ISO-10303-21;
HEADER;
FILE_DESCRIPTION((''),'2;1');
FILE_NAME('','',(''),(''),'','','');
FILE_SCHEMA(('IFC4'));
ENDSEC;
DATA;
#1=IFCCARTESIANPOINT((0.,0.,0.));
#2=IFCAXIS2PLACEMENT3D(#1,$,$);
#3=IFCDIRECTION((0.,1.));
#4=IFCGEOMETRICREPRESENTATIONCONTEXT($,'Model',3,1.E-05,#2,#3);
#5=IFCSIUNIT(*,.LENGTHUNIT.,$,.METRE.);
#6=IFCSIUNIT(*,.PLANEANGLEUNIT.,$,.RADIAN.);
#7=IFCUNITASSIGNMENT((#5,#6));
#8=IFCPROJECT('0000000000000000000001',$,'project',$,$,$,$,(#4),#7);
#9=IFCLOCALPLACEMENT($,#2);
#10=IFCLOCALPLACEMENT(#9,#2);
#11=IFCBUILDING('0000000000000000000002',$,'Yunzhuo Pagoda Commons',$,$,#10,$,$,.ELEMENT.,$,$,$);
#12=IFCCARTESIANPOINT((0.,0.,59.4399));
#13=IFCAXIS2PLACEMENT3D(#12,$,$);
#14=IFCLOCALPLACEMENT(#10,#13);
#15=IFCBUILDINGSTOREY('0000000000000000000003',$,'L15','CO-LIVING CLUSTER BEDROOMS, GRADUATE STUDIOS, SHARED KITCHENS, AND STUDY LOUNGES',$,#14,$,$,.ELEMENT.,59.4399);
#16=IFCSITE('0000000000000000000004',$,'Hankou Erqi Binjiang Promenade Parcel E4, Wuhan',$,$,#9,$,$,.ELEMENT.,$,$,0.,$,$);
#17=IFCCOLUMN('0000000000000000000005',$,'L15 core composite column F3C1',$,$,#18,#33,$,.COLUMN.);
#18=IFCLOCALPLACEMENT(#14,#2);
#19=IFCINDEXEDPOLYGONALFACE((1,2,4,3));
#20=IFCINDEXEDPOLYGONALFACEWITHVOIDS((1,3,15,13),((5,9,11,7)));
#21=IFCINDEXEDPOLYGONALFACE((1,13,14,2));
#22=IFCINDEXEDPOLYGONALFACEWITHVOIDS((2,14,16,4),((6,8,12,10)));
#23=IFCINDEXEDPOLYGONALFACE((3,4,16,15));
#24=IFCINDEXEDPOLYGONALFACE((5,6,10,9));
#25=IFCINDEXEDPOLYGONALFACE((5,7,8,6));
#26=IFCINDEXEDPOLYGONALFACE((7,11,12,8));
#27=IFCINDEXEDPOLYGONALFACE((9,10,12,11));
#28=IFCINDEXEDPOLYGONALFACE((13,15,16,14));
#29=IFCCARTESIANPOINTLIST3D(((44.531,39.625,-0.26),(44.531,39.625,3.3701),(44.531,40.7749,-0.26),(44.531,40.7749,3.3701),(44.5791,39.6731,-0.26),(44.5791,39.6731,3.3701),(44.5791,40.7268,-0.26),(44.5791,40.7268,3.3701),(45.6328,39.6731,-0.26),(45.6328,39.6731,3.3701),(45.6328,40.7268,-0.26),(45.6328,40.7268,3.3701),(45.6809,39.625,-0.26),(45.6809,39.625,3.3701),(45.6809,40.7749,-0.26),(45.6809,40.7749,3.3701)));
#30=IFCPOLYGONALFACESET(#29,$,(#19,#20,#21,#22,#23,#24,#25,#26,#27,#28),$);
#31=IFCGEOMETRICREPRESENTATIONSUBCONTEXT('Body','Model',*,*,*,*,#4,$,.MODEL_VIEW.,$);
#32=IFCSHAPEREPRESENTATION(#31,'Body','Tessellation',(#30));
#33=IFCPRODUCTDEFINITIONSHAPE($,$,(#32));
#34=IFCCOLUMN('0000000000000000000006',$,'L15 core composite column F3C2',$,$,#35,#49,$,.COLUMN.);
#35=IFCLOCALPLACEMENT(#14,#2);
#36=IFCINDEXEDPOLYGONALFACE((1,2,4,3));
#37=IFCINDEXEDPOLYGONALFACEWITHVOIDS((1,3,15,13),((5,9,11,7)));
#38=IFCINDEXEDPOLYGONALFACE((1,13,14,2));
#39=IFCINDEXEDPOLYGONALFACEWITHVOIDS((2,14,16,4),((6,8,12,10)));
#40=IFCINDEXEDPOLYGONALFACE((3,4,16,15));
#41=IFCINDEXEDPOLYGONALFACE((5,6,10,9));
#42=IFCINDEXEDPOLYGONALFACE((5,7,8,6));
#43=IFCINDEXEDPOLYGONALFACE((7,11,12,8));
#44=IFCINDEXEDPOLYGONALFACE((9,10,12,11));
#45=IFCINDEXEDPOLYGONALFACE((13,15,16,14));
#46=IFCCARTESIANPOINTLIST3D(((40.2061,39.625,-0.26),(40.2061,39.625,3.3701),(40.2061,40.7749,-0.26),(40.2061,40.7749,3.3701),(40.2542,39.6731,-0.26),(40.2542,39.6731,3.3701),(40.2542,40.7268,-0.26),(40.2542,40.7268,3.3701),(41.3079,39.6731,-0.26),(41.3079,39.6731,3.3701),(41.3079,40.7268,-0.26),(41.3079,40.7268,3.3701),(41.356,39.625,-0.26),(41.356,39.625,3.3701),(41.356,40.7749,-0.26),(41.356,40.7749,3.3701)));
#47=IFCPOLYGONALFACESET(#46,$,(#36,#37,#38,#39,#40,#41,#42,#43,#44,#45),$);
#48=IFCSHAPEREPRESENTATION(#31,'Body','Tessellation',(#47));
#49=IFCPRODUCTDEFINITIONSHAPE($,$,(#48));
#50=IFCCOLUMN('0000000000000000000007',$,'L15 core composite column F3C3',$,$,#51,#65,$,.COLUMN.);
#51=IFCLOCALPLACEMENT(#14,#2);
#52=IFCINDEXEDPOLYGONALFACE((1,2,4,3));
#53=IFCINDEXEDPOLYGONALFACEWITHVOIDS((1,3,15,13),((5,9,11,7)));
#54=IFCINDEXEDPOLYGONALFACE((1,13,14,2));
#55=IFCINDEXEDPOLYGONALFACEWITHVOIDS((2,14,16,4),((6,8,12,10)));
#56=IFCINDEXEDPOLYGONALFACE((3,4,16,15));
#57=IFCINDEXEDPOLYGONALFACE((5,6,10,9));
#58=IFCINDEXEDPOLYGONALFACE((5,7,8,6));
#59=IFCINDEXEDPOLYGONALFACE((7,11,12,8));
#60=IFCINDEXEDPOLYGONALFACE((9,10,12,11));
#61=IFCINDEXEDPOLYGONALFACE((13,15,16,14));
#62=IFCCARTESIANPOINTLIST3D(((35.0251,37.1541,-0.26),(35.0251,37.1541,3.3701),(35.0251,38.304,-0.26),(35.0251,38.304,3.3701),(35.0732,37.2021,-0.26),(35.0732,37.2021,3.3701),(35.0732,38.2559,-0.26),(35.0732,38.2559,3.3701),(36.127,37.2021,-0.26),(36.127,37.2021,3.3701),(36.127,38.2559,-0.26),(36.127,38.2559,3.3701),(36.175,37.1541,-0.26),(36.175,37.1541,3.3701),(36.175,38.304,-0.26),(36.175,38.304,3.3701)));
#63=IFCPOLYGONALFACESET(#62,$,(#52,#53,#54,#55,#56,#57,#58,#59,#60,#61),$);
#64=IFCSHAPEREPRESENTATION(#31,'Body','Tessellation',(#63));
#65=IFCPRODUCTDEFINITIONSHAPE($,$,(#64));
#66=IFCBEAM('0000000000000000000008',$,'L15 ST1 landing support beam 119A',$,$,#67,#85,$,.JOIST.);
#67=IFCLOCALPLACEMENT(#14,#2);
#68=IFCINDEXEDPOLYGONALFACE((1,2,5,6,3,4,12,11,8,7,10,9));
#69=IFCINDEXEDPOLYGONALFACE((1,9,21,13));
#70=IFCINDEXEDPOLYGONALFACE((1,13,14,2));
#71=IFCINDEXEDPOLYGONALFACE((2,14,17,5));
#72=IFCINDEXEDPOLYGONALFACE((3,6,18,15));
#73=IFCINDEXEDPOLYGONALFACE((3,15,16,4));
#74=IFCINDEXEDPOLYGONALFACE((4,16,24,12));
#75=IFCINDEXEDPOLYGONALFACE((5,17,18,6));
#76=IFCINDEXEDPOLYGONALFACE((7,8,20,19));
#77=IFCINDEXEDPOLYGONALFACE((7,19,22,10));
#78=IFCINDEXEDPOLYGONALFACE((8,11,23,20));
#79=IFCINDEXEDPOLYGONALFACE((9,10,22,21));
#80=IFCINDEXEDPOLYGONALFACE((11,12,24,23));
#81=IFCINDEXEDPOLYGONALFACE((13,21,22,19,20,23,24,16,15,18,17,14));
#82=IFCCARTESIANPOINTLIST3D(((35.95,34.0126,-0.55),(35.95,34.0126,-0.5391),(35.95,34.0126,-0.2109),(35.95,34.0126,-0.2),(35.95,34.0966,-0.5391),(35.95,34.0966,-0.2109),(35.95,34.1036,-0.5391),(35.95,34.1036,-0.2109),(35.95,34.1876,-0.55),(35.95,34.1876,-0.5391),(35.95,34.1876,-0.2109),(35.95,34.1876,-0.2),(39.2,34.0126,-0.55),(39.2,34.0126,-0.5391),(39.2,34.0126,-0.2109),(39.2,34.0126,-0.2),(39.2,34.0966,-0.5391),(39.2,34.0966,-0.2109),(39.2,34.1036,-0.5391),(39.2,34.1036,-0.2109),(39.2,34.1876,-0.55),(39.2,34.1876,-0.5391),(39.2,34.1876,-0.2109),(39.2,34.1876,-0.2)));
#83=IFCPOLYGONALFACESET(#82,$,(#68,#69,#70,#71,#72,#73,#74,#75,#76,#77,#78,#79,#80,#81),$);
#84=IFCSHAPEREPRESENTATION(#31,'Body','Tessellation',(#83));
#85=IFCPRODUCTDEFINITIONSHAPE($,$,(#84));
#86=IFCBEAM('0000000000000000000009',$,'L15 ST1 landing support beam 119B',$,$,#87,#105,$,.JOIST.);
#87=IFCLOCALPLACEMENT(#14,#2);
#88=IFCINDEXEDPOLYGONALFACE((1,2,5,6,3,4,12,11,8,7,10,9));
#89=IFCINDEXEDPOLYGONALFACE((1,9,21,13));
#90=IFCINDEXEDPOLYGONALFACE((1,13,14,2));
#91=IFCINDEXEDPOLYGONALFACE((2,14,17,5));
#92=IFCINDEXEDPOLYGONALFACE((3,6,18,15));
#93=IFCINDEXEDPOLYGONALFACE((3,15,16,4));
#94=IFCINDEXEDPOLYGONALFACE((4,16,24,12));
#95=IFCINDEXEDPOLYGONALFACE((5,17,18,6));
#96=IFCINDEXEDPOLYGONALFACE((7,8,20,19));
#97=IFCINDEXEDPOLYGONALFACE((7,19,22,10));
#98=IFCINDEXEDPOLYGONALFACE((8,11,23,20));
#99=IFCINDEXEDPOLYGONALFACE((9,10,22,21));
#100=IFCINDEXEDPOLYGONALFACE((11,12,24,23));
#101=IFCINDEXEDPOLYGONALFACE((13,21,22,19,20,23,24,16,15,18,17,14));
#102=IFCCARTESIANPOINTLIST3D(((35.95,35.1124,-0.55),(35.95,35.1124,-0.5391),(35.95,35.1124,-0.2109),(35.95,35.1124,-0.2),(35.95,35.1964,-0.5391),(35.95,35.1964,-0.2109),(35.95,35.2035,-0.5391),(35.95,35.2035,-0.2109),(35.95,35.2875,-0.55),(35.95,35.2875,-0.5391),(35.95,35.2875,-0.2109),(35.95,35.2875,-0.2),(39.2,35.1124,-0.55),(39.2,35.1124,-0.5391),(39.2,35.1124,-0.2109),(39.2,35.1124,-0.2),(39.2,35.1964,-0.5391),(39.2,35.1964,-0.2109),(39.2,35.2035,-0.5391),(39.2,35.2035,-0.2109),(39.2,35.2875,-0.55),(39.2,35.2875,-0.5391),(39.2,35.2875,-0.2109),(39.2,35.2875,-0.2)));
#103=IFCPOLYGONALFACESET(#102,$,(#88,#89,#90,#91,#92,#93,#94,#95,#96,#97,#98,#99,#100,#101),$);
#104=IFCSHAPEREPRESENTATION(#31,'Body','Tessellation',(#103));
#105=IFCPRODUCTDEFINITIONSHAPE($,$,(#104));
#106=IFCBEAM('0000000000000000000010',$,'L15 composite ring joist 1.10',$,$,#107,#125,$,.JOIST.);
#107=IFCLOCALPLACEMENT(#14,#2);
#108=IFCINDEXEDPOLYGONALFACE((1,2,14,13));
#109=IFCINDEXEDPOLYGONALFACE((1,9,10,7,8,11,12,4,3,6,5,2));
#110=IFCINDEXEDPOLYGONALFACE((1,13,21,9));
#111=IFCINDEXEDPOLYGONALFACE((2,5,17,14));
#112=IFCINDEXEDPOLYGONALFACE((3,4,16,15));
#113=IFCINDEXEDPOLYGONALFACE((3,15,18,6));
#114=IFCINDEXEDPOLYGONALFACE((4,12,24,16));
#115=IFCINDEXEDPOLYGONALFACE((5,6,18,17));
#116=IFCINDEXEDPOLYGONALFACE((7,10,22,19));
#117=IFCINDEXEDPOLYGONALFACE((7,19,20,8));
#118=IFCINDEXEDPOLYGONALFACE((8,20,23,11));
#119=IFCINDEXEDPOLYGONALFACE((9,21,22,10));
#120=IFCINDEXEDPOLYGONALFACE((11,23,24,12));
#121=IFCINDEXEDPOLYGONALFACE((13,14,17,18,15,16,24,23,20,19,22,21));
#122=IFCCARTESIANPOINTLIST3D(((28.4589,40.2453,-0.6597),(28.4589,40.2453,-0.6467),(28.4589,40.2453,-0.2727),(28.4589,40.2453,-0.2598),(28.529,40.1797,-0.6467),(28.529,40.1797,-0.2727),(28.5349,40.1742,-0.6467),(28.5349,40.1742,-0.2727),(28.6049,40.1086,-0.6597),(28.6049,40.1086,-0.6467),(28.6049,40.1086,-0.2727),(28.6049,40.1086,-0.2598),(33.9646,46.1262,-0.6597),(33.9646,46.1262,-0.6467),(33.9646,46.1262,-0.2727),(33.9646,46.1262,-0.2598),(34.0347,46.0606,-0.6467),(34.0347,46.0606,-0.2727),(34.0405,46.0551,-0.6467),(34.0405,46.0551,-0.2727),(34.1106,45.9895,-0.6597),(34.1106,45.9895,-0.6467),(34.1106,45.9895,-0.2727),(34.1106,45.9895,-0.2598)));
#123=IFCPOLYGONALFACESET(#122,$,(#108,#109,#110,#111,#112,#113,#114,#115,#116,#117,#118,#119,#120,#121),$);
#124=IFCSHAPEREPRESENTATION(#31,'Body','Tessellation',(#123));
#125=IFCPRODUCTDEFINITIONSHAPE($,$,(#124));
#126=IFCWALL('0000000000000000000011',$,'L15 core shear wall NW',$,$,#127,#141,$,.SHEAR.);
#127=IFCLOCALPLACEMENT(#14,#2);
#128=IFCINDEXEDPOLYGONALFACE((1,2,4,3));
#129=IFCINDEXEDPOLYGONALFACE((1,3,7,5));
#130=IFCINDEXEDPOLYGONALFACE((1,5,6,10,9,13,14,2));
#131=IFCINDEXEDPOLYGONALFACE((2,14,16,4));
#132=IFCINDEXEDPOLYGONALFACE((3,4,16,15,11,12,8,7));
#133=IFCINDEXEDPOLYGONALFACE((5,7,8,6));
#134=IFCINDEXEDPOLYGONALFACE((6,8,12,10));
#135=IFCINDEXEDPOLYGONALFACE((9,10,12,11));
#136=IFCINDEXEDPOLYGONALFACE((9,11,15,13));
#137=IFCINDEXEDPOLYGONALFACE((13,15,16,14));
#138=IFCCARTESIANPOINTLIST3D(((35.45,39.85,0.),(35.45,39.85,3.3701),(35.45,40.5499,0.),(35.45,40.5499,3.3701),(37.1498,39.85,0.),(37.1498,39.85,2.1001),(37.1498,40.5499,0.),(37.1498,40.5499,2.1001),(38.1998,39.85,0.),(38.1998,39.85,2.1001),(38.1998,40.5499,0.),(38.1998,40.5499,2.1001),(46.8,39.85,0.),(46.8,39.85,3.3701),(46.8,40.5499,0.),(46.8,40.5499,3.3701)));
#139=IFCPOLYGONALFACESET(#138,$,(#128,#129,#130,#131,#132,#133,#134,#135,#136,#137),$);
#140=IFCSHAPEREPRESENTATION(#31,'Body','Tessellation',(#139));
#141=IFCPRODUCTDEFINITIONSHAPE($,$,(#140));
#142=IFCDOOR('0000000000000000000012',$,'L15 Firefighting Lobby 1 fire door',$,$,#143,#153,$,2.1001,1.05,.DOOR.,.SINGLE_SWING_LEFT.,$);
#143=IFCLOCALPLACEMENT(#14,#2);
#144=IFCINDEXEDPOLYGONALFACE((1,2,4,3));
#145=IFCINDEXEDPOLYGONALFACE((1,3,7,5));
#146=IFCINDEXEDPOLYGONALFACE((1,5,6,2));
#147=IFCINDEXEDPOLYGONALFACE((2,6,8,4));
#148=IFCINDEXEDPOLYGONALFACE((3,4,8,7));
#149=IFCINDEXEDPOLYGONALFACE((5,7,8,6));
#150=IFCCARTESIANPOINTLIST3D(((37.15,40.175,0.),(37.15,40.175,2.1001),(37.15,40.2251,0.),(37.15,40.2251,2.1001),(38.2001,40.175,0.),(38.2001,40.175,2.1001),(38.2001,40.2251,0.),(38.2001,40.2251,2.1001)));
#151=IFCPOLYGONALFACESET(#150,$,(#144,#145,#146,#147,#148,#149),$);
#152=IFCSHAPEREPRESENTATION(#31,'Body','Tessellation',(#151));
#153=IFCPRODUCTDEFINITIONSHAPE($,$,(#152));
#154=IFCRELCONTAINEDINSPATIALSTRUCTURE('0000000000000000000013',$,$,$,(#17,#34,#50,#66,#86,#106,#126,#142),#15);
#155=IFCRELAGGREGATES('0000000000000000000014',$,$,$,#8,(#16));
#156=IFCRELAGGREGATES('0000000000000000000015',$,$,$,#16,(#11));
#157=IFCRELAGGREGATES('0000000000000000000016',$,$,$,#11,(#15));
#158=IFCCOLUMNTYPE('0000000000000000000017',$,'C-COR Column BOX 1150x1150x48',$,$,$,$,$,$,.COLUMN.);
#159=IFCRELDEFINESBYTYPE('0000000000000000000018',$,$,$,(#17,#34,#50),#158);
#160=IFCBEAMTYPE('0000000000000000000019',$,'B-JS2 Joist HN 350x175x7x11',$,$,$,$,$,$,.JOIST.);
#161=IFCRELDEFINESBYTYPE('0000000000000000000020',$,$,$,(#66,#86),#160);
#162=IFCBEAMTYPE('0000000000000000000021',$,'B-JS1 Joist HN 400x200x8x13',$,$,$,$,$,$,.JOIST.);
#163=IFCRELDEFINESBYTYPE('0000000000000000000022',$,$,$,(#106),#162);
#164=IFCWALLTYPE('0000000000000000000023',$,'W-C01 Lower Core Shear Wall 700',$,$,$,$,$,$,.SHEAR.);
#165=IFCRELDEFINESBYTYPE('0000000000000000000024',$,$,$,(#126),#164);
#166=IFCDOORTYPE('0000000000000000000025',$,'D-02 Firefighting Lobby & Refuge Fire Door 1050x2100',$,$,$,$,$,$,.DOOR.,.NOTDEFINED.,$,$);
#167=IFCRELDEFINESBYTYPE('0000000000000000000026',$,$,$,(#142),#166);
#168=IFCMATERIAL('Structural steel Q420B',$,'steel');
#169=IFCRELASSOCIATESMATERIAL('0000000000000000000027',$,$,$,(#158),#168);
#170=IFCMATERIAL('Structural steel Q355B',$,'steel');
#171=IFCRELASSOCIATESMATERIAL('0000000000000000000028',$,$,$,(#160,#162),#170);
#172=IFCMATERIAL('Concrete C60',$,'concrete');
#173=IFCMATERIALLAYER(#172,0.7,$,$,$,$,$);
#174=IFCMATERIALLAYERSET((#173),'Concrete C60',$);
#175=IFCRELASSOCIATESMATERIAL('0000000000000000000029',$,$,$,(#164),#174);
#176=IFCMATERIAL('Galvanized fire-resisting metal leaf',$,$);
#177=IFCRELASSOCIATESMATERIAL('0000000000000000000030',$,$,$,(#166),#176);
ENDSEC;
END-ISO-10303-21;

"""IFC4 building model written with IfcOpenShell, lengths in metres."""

from ifc_helpers import new_model, si_unit, direction, frame, frame_2d, origin, origin_2d, place, context, subcontext, project, spatial, rectangle, hollow_rectangle, i_section, extrude, source, transform, mapped, material, layer, layer_set, material_profile, profile_set, type_object, element, fill, save


model = new_model("IFC4")

# Units and contexts
model_context = context("Model", 3, precision=1e-05, world=origin(), true_north=direction((0.0, 1.0)))
body_context = subcontext(model_context, "Body", "Model", "MODEL_VIEW")
ifc_project = project(units=[si_unit("LENGTHUNIT", "METRE"), si_unit("PLANEANGLEUNIT", "RADIAN")], contexts=[model_context])

# Site, building, storey
site_placement = place(None, origin())
site = spatial("IfcSite", under=ifc_project, at=site_placement, Name="Hankou Erqi Binjiang Promenade Parcel E4, Wuhan", CompositionType="ELEMENT", RefElevation=0.0)
building_placement = place(site_placement, origin())
building = spatial("IfcBuilding", under=site, at=building_placement, Name="Yunzhuo Pagoda Commons", CompositionType="ELEMENT")
storey_placement = place(building_placement, frame((0.0, 0.0, 59.4399)))
storey = spatial("IfcBuildingStorey", under=building, at=storey_placement, Name="L15", Description="CO-LIVING CLUSTER BEDROOMS, GRADUATE STUDIOS, SHARED KITCHENS, AND STUDY LOUNGES", CompositionType="ELEMENT", Elevation=59.4399)

# Columns
ifc_material_1 = material(Name="Structural steel Q420B", Category="steel")
ifc_material_profile_1 = material_profile(ifc_material_1, hollow_rectangle(XDim=1.1499, YDim=1.1499, WallThickness=0.0481, at=origin_2d()), Name="Structural steel Q420B")
ifc_profile_set_1 = profile_set([ifc_material_profile_1], Name="Structural steel Q420B")
column_type = type_object("IfcColumnType", Name="C-COR Column BOX 1150x1150x48", PredefinedType="COLUMN", material=ifc_profile_set_1)
shared_shape_1 = source(origin(), body_context, "Body", "SweptSolid", [
    extrude(hollow_rectangle(XDim=1.1499, YDim=1.1499, WallThickness=0.0481, at=origin_2d()), origin(), (0.0, 0.0, 1.0), 3.6301),
])
for number, where, z_axis, x_axis, name in (
    (1, (45.106, 40.2, -0.26), (0.0, 0.0, 1.0), (1.0, 0.0, 0.0), "L15 core composite column F3C1"),
    (2, (40.781, 40.2, -0.26), (0.0, 0.0, 1.0), (1.0, 0.0, 0.0), "L15 core composite column F3C2"),
    (3, (35.6001, 37.729, -0.26), (0.0, 0.0, 1.0), (1.0, 0.0, 0.0), "L15 core composite column F3C3"),
):
    element("IfcColumn", number, at=place(storey_placement, frame(where, z_axis=z_axis, x_axis=x_axis)), inside=storey, type_object=column_type, Name=name, PredefinedType="COLUMN", context=body_context, shape_type="MappedRepresentation", body=[
        mapped(shared_shape_1, transform((0.0, 0.0, 0.0), scale=1.0)),
    ])

# Beams
ifc_material_2 = material(Name="Structural steel Q355B", Category="steel")
ifc_material_profile_2 = material_profile(ifc_material_2, i_section(OverallWidth=0.175, OverallDepth=0.3501, WebThickness=0.0071, FlangeThickness=0.011, at=origin_2d()), Name="Structural steel Q355B")
ifc_profile_set_2 = profile_set([ifc_material_profile_2], Name="Structural steel Q355B")
beam_type_1 = type_object("IfcBeamType", Name="B-JS2 Joist HN 350x175x7x11", PredefinedType="JOIST", material=ifc_profile_set_2)
shared_shape_2 = source(origin(), body_context, "Body", "SweptSolid", [
    extrude(i_section(OverallWidth=0.175, OverallDepth=0.3501, WebThickness=0.0071, FlangeThickness=0.011, at=origin_2d()), origin(), (0.0, 0.0, 1.0), 3.25),
])
for number, where, z_axis, x_axis, name in (
    (4, (35.95, 34.1001, -0.375), (1.0, 0.0, 0.0), (0.0, 1.0, 0.0), "L15 ST1 landing support beam 119A"),
    (5, (35.95, 35.2, -0.375), (1.0, 0.0, 0.0), (0.0, 1.0, 0.0), "L15 ST1 landing support beam 119B"),
):
    element("IfcBeam", number, at=place(storey_placement, frame(where, z_axis=z_axis, x_axis=x_axis)), inside=storey, type_object=beam_type_1, Name=name, PredefinedType="JOIST", context=body_context, shape_type="MappedRepresentation", body=[
        mapped(shared_shape_2, transform((0.0, 0.0, 0.0), scale=1.0)),
    ])
ifc_material_profile_3 = material_profile(ifc_material_2, i_section(OverallWidth=0.2, OverallDepth=0.3999, WebThickness=0.0081, FlangeThickness=0.0129, at=origin_2d()), Name="Structural steel Q355B")
ifc_profile_set_3 = profile_set([ifc_material_profile_3], Name="Structural steel Q355B")
beam_type_2 = type_object("IfcBeamType", Name="B-JS1 Joist HN 400x200x8x13", PredefinedType="JOIST", material=ifc_profile_set_3)
shared_shape_3 = source(origin(), body_context, "Body", "SweptSolid", [
    extrude(i_section(OverallWidth=0.2, OverallDepth=0.3999, WebThickness=0.0081, FlangeThickness=0.0129, at=origin_2d()), origin(), (0.0, 0.0, 1.0), 8.0559),
])
beam_placement = place(storey_placement, frame((34.0376, 46.0579, -0.4597), z_axis=(-0.683433, -0.730013, 0.0), x_axis=(0.730013, -0.683433, 0.0)))
element("IfcBeam", 6, at=beam_placement, inside=storey, type_object=beam_type_2, Name="L15 composite ring joist 1.10", PredefinedType="JOIST", context=body_context, shape_type="MappedRepresentation", body=[
    mapped(shared_shape_3, transform((0.0, 0.0, 0.0), scale=1.0)),
])

# Wall, opening, door
ifc_material_3 = material(Name="Concrete C60", Category="concrete")
ifc_layer_1 = layer(ifc_material_3, 0.7)
ifc_layer_set_1 = layer_set([ifc_layer_1], Name="Concrete C60")
wall_type_1 = type_object("IfcWallType", Name="W-C01 Lower Core Shear Wall 700", PredefinedType="SHEAR", material=ifc_layer_set_1)
wall_1_placement = place(storey_placement, frame((35.45, 40.2, 0.0), z_axis=(0.0, 0.0, 1.0), x_axis=(1.0, 0.0, 0.0)))
wall_1 = element("IfcWall", 7, at=wall_1_placement, inside=storey, type_object=wall_type_1, Name="L15 core shear wall NW", PredefinedType="SHEAR", context=body_context, shape_type="SweptSolid", body=[
    extrude(rectangle(XDim=11.3501, YDim=0.7, at=frame_2d((5.675, 0.0))), origin(), (0.0, 0.0, 1.0), 3.3701),
])
opening_1_placement = place(wall_1_placement, frame((1.7, 0.0, 0.0)))
opening_1 = element("IfcOpeningElement", 8, at=opening_1_placement, cuts=wall_1, PredefinedType="OPENING", context=body_context, shape_type="SweptSolid", body=[
    extrude(rectangle(XDim=1.05, YDim=2.1001, at=frame_2d((0.5249, 1.05))), frame((0.0, 0.3599, 0.0), z_axis=(0.0, -1.0, 0.0), x_axis=(1.0, 0.0, 0.0)), (0.0, 0.0, 1.0), 0.72),
])
ifc_material_4 = material(Name="Galvanized fire-resisting metal leaf")
door_type_1 = type_object("IfcDoorType", Name="D-02 Firefighting Lobby & Refuge Fire Door 1050x2100", OperationType="NOTDEFINED", PredefinedType="DOOR", material=ifc_material_4)
shared_shape_4 = source(origin(), body_context, "Body", "SweptSolid", [
    extrude(rectangle(XDim=1.05, YDim=2.1001, at=frame_2d((0.5249, 1.05))), frame((0.0, 0.0249, 0.0), z_axis=(0.0, -1.0, 0.0), x_axis=(1.0, 0.0, 0.0)), (0.0, 0.0, 1.0), 0.05),
])
door_1_placement = place(opening_1_placement, frame((1.05, 0.0, 0.0), z_axis=(0.0, 0.0, 1.0), x_axis=(-1.0, 0.0, 0.0)))
door_1 = element("IfcDoor", 9, at=door_1_placement, inside=storey, type_object=door_type_1, Name="L15 Firefighting Lobby 1 fire door", OperationType="SINGLE_SWING_LEFT", OverallHeight=2.1001, OverallWidth=1.05, PredefinedType="DOOR", context=body_context, shape_type="MappedRepresentation", body=[
    mapped(shared_shape_4, transform((0.0, 0.0, 0.0), scale=1.0)),
])
fill(opening_1, door_1)

save(model, "model.ifc")
